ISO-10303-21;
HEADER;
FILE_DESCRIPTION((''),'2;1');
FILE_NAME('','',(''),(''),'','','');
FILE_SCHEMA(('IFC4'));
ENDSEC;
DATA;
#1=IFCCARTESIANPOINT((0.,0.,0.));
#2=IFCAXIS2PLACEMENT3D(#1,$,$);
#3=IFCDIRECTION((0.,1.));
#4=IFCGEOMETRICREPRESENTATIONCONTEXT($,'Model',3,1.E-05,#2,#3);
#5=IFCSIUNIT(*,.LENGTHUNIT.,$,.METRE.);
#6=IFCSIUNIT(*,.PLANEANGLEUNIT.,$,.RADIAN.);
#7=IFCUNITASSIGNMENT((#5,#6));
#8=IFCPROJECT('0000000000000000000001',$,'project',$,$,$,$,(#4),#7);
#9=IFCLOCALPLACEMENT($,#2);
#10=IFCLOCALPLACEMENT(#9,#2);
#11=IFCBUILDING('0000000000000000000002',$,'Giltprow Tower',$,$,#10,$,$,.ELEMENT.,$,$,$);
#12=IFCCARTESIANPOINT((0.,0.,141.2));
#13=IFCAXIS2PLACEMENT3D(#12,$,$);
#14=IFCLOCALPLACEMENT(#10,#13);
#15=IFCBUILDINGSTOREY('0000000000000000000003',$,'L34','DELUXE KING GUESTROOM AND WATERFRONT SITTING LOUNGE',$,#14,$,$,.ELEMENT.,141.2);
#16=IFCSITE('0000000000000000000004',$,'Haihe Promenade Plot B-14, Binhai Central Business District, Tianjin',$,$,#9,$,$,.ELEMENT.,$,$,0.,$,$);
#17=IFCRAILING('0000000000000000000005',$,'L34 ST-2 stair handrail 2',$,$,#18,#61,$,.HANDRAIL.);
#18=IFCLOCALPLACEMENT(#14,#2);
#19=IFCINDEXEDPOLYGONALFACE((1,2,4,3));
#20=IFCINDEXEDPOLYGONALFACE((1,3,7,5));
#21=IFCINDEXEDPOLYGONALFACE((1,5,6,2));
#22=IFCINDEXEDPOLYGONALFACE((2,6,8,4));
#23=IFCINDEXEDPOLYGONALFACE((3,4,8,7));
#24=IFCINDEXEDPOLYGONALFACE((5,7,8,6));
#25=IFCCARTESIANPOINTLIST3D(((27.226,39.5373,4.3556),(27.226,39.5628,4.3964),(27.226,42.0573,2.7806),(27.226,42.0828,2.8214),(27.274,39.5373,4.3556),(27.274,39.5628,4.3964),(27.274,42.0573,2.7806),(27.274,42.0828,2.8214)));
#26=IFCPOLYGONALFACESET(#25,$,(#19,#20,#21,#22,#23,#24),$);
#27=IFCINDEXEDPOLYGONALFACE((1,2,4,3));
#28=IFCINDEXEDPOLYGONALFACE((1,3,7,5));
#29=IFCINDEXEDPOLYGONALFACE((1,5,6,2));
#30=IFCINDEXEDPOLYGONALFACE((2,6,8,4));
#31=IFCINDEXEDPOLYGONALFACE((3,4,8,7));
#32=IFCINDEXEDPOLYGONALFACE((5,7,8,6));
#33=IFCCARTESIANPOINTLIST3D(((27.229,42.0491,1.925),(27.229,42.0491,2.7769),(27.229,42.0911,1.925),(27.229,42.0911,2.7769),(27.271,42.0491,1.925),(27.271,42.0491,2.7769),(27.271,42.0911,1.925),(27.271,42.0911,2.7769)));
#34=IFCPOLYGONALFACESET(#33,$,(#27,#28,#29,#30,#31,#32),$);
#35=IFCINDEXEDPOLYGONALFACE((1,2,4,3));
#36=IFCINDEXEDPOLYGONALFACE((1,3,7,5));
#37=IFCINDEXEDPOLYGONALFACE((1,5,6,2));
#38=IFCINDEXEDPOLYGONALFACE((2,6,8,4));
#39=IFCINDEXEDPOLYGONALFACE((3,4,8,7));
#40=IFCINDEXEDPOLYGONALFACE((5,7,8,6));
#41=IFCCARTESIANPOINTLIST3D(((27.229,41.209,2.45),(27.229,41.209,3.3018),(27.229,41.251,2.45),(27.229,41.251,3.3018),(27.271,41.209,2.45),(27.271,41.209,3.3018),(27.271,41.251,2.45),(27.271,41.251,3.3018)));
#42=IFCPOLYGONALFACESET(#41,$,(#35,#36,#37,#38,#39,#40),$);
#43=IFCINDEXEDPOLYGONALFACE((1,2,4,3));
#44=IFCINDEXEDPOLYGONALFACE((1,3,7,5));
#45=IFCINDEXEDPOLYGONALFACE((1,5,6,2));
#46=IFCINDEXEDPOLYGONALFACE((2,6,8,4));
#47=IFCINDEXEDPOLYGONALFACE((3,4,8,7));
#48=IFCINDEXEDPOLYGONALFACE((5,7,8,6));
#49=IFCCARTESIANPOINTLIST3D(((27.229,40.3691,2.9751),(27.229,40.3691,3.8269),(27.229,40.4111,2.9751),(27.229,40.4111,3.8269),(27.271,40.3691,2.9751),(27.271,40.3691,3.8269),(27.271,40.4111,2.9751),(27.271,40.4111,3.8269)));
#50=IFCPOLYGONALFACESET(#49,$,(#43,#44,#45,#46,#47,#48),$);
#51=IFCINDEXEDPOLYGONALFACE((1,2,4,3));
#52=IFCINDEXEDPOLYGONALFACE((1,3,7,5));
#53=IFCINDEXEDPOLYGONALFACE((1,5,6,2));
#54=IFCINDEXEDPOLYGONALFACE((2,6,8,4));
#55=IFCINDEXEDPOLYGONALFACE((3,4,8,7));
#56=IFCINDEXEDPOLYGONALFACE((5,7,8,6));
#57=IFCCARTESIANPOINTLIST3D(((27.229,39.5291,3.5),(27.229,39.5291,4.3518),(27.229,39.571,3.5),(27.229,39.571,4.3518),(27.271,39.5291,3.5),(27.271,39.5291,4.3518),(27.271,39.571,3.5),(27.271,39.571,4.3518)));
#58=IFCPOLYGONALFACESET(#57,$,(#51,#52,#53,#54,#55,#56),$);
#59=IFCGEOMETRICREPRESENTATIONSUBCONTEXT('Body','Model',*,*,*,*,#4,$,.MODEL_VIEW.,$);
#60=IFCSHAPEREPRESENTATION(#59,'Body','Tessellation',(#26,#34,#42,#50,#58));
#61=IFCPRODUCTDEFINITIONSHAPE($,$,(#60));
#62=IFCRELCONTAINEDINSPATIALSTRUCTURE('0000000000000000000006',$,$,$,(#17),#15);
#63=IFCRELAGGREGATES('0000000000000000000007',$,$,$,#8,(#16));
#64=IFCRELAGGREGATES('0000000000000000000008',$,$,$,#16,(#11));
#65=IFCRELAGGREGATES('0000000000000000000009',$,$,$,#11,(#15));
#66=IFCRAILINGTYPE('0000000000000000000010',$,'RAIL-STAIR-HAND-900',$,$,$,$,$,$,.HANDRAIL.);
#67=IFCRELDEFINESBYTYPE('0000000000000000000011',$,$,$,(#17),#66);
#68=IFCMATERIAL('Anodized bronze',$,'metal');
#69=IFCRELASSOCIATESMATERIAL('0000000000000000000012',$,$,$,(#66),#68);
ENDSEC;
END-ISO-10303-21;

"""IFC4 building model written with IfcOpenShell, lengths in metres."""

from ifc_helpers import new_model, si_unit, direction, frame, origin, origin_2d, place, context, subcontext, project, spatial, rectangle, extrude, material, type_object, element, save


model = new_model("IFC4")

# Units and contexts
model_context = context("Model", 3, precision=1e-05, world=origin(), true_north=direction((0.0, 1.0)))
body_context = subcontext(model_context, "Body", "Model", "MODEL_VIEW")
ifc_project = project(units=[si_unit("LENGTHUNIT", "METRE"), si_unit("PLANEANGLEUNIT", "RADIAN")], contexts=[model_context])

# Site, building, storey
site_placement = place(None, origin())
site = spatial("IfcSite", under=ifc_project, at=site_placement, Name="Haihe Promenade Plot B-14, Binhai Central Business District, Tianjin", CompositionType="ELEMENT", RefElevation=0.0)
building_placement = place(site_placement, origin())
building = spatial("IfcBuilding", under=site, at=building_placement, Name="Giltprow Tower", CompositionType="ELEMENT")
storey_placement = place(building_placement, frame((0.0, 0.0, 141.2)))
storey = spatial("IfcBuildingStorey", under=building, at=storey_placement, Name="L34", Description="DELUXE KING GUESTROOM AND WATERFRONT SITTING LOUNGE", CompositionType="ELEMENT", Elevation=141.2)

# Railing
ifc_material_1 = material(Name="Anodized bronze", Category="metal")
railing_type_1 = type_object("IfcRailingType", Name="RAIL-STAIR-HAND-900", PredefinedType="HANDRAIL", material=ifc_material_1)
railing_1_placement = place(storey_placement, frame((27.25, 42.0701, 1.925)))
element("IfcRailing", 1, at=railing_1_placement, inside=storey, type_object=railing_type_1, Name="L34 ST-2 stair handrail 2", PredefinedType="HANDRAIL", context=body_context, shape_type="SweptSolid", body=[
    extrude(rectangle(XDim=0.0481, YDim=0.0481, at=origin_2d()), frame((0.0, 0.0, 0.876), z_axis=(0.0, -0.848008, 0.529984), x_axis=(1.0, 0.0, 0.0)), (0.0, 0.0, 1.0), 2.9717),
    extrude(rectangle(XDim=0.042, YDim=0.042, at=origin_2d()), origin(), (0.0, 0.0, 1.0), 0.8518),
    extrude(rectangle(XDim=0.042, YDim=0.042, at=origin_2d()), frame((0.0, -0.8401, 0.5249)), (0.0, 0.0, 1.0), 0.8518),
    extrude(rectangle(XDim=0.042, YDim=0.042, at=origin_2d()), frame((0.0, -1.6799, 1.05)), (0.0, 0.0, 1.0), 0.8518),
    extrude(rectangle(XDim=0.042, YDim=0.042, at=origin_2d()), frame((0.0, -2.52, 1.575)), (0.0, 0.0, 1.0), 0.8518),
])

save(model, "model.ifc")
